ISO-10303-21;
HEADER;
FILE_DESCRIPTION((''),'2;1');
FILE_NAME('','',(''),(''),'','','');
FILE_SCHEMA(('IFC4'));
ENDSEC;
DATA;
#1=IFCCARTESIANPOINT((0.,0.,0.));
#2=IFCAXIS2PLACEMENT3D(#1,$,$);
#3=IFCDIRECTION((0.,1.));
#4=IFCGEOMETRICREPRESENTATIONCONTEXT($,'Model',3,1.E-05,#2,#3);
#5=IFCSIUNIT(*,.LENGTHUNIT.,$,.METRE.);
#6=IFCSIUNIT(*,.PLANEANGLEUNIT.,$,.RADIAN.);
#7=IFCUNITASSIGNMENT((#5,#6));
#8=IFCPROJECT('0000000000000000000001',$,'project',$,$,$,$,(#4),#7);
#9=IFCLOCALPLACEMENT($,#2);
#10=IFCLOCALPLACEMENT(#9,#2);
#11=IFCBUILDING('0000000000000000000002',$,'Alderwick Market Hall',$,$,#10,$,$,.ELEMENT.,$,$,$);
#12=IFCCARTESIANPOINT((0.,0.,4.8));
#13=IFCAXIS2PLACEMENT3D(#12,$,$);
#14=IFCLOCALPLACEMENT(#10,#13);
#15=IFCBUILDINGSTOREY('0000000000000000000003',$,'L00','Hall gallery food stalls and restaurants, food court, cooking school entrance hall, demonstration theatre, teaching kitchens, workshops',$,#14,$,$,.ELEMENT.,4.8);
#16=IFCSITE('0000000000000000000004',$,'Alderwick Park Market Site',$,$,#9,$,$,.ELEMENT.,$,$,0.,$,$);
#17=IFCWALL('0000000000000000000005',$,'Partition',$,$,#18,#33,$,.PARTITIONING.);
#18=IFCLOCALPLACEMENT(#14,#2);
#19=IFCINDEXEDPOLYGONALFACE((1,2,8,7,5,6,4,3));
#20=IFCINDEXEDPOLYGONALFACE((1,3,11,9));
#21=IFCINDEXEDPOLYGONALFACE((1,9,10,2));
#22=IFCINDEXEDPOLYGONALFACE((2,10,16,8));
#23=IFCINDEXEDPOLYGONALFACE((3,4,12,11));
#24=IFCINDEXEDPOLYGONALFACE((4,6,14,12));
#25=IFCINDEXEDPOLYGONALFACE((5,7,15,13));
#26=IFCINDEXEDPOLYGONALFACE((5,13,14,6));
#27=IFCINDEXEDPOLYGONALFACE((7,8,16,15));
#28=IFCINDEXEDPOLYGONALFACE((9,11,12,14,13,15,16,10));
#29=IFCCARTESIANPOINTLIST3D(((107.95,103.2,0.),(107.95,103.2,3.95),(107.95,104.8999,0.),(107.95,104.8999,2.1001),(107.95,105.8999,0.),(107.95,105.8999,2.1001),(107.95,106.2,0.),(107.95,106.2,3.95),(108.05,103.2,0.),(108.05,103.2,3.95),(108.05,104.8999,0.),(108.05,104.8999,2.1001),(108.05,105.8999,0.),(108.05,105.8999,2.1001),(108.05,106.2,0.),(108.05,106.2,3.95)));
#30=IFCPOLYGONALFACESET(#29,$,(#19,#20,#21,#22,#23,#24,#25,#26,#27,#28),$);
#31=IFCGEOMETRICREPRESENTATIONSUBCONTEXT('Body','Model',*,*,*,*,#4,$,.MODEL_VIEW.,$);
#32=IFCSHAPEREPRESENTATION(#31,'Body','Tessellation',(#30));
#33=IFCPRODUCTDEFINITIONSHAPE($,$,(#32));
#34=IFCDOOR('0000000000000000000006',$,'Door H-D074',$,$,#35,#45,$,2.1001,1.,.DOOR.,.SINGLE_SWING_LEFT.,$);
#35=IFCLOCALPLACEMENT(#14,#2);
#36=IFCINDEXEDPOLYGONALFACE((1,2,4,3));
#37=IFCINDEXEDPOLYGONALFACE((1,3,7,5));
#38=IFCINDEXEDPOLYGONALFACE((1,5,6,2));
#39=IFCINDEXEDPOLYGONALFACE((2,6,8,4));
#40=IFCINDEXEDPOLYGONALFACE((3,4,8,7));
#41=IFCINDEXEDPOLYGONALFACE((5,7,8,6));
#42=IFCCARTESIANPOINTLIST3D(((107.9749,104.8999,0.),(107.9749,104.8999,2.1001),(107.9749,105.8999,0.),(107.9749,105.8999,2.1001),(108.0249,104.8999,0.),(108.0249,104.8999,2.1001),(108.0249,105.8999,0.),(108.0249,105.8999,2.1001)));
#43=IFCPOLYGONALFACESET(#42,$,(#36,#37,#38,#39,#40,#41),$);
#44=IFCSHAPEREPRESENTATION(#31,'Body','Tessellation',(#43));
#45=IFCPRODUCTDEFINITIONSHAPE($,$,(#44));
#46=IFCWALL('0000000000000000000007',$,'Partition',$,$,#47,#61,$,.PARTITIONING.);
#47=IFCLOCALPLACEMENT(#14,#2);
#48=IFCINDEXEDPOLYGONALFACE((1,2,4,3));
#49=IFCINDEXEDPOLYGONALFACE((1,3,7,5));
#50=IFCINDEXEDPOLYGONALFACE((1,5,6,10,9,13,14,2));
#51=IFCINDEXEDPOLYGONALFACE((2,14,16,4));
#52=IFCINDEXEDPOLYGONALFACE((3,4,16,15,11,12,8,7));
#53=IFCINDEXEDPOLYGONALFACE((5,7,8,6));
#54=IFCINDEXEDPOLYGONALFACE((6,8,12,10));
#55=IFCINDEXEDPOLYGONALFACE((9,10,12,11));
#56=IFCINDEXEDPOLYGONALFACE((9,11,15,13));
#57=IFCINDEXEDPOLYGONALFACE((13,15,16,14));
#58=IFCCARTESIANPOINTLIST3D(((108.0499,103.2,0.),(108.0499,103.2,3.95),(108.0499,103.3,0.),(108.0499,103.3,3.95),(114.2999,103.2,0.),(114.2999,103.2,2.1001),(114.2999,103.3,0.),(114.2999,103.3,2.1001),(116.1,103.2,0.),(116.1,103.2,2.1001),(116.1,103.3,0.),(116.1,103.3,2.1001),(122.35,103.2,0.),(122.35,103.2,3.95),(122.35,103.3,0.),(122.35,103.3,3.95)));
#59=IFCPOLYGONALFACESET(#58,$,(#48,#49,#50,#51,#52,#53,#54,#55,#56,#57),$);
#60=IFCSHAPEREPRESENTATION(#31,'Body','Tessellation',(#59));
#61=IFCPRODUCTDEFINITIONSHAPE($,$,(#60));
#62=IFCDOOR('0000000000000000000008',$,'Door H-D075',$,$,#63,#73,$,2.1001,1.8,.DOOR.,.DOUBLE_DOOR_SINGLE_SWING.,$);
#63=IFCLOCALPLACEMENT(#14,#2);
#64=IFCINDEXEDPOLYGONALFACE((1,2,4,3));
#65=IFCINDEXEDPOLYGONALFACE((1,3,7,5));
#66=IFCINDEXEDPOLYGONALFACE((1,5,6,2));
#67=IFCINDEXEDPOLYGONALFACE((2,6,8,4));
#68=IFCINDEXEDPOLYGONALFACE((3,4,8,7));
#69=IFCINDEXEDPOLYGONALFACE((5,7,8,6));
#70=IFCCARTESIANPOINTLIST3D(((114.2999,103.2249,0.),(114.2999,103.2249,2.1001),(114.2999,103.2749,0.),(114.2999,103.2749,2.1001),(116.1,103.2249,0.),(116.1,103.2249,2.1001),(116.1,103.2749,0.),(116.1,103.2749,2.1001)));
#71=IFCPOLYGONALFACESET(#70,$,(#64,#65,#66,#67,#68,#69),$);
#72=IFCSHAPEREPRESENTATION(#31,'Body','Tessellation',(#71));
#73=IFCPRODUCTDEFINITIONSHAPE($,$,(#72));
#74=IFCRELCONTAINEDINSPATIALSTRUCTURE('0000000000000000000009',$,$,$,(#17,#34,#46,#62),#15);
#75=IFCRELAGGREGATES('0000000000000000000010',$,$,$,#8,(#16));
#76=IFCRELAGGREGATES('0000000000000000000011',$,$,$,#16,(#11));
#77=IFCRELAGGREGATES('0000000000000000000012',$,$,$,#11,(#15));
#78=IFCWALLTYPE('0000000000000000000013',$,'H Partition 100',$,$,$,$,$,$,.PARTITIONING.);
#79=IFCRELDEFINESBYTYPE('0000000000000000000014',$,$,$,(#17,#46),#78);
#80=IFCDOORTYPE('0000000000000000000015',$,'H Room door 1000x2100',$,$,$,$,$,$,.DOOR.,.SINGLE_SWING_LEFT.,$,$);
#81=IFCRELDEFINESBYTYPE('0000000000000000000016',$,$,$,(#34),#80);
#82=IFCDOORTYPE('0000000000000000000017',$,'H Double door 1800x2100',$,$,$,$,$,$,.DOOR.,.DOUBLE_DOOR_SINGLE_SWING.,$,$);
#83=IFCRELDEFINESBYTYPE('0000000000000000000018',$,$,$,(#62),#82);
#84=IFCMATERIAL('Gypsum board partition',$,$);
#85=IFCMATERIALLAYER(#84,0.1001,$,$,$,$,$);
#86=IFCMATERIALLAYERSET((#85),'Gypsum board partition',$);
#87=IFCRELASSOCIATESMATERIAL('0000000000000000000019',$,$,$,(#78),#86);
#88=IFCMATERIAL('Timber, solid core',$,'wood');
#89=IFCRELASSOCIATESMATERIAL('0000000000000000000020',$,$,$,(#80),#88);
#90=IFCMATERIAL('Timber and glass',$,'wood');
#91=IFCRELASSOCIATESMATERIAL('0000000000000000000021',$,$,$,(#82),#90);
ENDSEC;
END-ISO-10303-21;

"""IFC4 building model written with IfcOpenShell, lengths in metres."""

from ifc_helpers import new_model, si_unit, direction, frame, frame_2d, origin, place, context, subcontext, project, spatial, rectangle, extrude, material, layer, layer_set, type_object, element, fill, save


model = new_model("IFC4")

# Units and contexts
model_context = context("Model", 3, precision=1e-05, world=origin(), true_north=direction((0.0, 1.0)))
body_context = subcontext(model_context, "Body", "Model", "MODEL_VIEW")
ifc_project = project(units=[si_unit("LENGTHUNIT", "METRE"), si_unit("PLANEANGLEUNIT", "RADIAN")], contexts=[model_context])

# Site, building, storey
site_placement = place(None, origin())
site = spatial("IfcSite", under=ifc_project, at=site_placement, Name="Alderwick Park Market Site", CompositionType="ELEMENT", RefElevation=0.0)
building_placement = place(site_placement, origin())
building = spatial("IfcBuilding", under=site, at=building_placement, Name="Alderwick Market Hall", CompositionType="ELEMENT")
storey_placement = place(building_placement, frame((0.0, 0.0, 4.8)))
storey = spatial("IfcBuildingStorey", under=building, at=storey_placement, Name="L00", Description="Hall gallery food stalls and restaurants, food court, cooking school entrance hall, demonstration theatre, teaching kitchens, workshops", CompositionType="ELEMENT", Elevation=4.8)

# Walls, openings, doors
ifc_material_1 = material(Name="Gypsum board partition")
ifc_layer_1 = layer(ifc_material_1, 0.1001)
ifc_layer_set_1 = layer_set([ifc_layer_1], Name="Gypsum board partition")
wall_type_1 = type_object("IfcWallType", Name="H Partition 100", PredefinedType="PARTITIONING", material=ifc_layer_set_1)
wall_1_placement = place(storey_placement, frame((108.0, 106.2, 0.0), z_axis=(0.0, 0.0, 1.0), x_axis=(0.0, -1.0, 0.0)))
wall_1 = element("IfcWall", 1, at=wall_1_placement, inside=storey, type_object=wall_type_1, Name="Partition", PredefinedType="PARTITIONING", context=body_context, shape_type="SweptSolid", body=[
    extrude(rectangle(XDim=3.0, YDim=0.1001, at=frame_2d((1.5, 0.0))), origin(), (0.0, 0.0, 1.0), 3.95),
])
opening_1_placement = place(wall_1_placement, frame((0.3, 0.0, 0.0)))
opening_1 = element("IfcOpeningElement", 2, at=opening_1_placement, cuts=wall_1, PredefinedType="OPENING", context=body_context, shape_type="SweptSolid", body=[
    extrude(rectangle(XDim=1.0, YDim=2.1001, at=frame_2d((0.5, 1.05))), frame((0.0, 0.0601, 0.0), z_axis=(0.0, -1.0, 0.0), x_axis=(1.0, 0.0, 0.0)), (0.0, 0.0, 1.0), 0.1201),
])
ifc_material_2 = material(Name="Timber, solid core", Category="wood")
door_type_1 = type_object("IfcDoorType", Name="H Room door 1000x2100", OperationType="SINGLE_SWING_LEFT", PredefinedType="DOOR", material=ifc_material_2)
door_1_placement = place(opening_1_placement, origin())
door_1 = element("IfcDoor", 3, at=door_1_placement, inside=storey, type_object=door_type_1, Name="Door H-D074", OperationType="SINGLE_SWING_LEFT", OverallHeight=2.1001, OverallWidth=1.0, PredefinedType="DOOR", context=body_context, shape_type="SweptSolid", body=[
    extrude(rectangle(XDim=1.0, YDim=2.1001, at=frame_2d((0.5, 1.05))), frame((0.0, 0.0249, 0.0), z_axis=(0.0, -1.0, 0.0), x_axis=(1.0, 0.0, 0.0)), (0.0, 0.0, 1.0), 0.05),
])
fill(opening_1, door_1)
wall_2_placement = place(storey_placement, frame((108.05, 103.25, 0.0), z_axis=(0.0, 0.0, 1.0), x_axis=(1.0, 0.0, 0.0)))
wall_2 = element("IfcWall", 4, at=wall_2_placement, inside=storey, type_object=wall_type_1, Name="Partition", PredefinedType="PARTITIONING", context=body_context, shape_type="SweptSolid", body=[
    extrude(rectangle(XDim=14.3, YDim=0.1001, at=frame_2d((7.1499, 0.0))), origin(), (0.0, 0.0, 1.0), 3.95),
])
opening_2_placement = place(wall_2_placement, frame((6.25, 0.0, 0.0)))
opening_2 = element("IfcOpeningElement", 5, at=opening_2_placement, cuts=wall_2, PredefinedType="OPENING", context=body_context, shape_type="SweptSolid", body=[
    extrude(rectangle(XDim=1.8, YDim=2.1001, at=frame_2d((0.8999, 1.05))), frame((0.0, 0.0601, 0.0), z_axis=(0.0, -1.0, 0.0), x_axis=(1.0, 0.0, 0.0)), (0.0, 0.0, 1.0), 0.1201),
])
ifc_material_3 = material(Name="Timber and glass", Category="wood")
door_type_2 = type_object("IfcDoorType", Name="H Double door 1800x2100", OperationType="DOUBLE_DOOR_SINGLE_SWING", PredefinedType="DOOR", material=ifc_material_3)
door_2_placement = place(opening_2_placement, origin())
door_2 = element("IfcDoor", 6, at=door_2_placement, inside=storey, type_object=door_type_2, Name="Door H-D075", OperationType="DOUBLE_DOOR_SINGLE_SWING", OverallHeight=2.1001, OverallWidth=1.8, PredefinedType="DOOR", context=body_context, shape_type="SweptSolid", body=[
    extrude(rectangle(XDim=1.8, YDim=2.1001, at=frame_2d((0.8999, 1.05))), frame((0.0, 0.0249, 0.0), z_axis=(0.0, -1.0, 0.0), x_axis=(1.0, 0.0, 0.0)), (0.0, 0.0, 1.0), 0.05),
])
fill(opening_2, door_2)

save(model, "model.ifc")
